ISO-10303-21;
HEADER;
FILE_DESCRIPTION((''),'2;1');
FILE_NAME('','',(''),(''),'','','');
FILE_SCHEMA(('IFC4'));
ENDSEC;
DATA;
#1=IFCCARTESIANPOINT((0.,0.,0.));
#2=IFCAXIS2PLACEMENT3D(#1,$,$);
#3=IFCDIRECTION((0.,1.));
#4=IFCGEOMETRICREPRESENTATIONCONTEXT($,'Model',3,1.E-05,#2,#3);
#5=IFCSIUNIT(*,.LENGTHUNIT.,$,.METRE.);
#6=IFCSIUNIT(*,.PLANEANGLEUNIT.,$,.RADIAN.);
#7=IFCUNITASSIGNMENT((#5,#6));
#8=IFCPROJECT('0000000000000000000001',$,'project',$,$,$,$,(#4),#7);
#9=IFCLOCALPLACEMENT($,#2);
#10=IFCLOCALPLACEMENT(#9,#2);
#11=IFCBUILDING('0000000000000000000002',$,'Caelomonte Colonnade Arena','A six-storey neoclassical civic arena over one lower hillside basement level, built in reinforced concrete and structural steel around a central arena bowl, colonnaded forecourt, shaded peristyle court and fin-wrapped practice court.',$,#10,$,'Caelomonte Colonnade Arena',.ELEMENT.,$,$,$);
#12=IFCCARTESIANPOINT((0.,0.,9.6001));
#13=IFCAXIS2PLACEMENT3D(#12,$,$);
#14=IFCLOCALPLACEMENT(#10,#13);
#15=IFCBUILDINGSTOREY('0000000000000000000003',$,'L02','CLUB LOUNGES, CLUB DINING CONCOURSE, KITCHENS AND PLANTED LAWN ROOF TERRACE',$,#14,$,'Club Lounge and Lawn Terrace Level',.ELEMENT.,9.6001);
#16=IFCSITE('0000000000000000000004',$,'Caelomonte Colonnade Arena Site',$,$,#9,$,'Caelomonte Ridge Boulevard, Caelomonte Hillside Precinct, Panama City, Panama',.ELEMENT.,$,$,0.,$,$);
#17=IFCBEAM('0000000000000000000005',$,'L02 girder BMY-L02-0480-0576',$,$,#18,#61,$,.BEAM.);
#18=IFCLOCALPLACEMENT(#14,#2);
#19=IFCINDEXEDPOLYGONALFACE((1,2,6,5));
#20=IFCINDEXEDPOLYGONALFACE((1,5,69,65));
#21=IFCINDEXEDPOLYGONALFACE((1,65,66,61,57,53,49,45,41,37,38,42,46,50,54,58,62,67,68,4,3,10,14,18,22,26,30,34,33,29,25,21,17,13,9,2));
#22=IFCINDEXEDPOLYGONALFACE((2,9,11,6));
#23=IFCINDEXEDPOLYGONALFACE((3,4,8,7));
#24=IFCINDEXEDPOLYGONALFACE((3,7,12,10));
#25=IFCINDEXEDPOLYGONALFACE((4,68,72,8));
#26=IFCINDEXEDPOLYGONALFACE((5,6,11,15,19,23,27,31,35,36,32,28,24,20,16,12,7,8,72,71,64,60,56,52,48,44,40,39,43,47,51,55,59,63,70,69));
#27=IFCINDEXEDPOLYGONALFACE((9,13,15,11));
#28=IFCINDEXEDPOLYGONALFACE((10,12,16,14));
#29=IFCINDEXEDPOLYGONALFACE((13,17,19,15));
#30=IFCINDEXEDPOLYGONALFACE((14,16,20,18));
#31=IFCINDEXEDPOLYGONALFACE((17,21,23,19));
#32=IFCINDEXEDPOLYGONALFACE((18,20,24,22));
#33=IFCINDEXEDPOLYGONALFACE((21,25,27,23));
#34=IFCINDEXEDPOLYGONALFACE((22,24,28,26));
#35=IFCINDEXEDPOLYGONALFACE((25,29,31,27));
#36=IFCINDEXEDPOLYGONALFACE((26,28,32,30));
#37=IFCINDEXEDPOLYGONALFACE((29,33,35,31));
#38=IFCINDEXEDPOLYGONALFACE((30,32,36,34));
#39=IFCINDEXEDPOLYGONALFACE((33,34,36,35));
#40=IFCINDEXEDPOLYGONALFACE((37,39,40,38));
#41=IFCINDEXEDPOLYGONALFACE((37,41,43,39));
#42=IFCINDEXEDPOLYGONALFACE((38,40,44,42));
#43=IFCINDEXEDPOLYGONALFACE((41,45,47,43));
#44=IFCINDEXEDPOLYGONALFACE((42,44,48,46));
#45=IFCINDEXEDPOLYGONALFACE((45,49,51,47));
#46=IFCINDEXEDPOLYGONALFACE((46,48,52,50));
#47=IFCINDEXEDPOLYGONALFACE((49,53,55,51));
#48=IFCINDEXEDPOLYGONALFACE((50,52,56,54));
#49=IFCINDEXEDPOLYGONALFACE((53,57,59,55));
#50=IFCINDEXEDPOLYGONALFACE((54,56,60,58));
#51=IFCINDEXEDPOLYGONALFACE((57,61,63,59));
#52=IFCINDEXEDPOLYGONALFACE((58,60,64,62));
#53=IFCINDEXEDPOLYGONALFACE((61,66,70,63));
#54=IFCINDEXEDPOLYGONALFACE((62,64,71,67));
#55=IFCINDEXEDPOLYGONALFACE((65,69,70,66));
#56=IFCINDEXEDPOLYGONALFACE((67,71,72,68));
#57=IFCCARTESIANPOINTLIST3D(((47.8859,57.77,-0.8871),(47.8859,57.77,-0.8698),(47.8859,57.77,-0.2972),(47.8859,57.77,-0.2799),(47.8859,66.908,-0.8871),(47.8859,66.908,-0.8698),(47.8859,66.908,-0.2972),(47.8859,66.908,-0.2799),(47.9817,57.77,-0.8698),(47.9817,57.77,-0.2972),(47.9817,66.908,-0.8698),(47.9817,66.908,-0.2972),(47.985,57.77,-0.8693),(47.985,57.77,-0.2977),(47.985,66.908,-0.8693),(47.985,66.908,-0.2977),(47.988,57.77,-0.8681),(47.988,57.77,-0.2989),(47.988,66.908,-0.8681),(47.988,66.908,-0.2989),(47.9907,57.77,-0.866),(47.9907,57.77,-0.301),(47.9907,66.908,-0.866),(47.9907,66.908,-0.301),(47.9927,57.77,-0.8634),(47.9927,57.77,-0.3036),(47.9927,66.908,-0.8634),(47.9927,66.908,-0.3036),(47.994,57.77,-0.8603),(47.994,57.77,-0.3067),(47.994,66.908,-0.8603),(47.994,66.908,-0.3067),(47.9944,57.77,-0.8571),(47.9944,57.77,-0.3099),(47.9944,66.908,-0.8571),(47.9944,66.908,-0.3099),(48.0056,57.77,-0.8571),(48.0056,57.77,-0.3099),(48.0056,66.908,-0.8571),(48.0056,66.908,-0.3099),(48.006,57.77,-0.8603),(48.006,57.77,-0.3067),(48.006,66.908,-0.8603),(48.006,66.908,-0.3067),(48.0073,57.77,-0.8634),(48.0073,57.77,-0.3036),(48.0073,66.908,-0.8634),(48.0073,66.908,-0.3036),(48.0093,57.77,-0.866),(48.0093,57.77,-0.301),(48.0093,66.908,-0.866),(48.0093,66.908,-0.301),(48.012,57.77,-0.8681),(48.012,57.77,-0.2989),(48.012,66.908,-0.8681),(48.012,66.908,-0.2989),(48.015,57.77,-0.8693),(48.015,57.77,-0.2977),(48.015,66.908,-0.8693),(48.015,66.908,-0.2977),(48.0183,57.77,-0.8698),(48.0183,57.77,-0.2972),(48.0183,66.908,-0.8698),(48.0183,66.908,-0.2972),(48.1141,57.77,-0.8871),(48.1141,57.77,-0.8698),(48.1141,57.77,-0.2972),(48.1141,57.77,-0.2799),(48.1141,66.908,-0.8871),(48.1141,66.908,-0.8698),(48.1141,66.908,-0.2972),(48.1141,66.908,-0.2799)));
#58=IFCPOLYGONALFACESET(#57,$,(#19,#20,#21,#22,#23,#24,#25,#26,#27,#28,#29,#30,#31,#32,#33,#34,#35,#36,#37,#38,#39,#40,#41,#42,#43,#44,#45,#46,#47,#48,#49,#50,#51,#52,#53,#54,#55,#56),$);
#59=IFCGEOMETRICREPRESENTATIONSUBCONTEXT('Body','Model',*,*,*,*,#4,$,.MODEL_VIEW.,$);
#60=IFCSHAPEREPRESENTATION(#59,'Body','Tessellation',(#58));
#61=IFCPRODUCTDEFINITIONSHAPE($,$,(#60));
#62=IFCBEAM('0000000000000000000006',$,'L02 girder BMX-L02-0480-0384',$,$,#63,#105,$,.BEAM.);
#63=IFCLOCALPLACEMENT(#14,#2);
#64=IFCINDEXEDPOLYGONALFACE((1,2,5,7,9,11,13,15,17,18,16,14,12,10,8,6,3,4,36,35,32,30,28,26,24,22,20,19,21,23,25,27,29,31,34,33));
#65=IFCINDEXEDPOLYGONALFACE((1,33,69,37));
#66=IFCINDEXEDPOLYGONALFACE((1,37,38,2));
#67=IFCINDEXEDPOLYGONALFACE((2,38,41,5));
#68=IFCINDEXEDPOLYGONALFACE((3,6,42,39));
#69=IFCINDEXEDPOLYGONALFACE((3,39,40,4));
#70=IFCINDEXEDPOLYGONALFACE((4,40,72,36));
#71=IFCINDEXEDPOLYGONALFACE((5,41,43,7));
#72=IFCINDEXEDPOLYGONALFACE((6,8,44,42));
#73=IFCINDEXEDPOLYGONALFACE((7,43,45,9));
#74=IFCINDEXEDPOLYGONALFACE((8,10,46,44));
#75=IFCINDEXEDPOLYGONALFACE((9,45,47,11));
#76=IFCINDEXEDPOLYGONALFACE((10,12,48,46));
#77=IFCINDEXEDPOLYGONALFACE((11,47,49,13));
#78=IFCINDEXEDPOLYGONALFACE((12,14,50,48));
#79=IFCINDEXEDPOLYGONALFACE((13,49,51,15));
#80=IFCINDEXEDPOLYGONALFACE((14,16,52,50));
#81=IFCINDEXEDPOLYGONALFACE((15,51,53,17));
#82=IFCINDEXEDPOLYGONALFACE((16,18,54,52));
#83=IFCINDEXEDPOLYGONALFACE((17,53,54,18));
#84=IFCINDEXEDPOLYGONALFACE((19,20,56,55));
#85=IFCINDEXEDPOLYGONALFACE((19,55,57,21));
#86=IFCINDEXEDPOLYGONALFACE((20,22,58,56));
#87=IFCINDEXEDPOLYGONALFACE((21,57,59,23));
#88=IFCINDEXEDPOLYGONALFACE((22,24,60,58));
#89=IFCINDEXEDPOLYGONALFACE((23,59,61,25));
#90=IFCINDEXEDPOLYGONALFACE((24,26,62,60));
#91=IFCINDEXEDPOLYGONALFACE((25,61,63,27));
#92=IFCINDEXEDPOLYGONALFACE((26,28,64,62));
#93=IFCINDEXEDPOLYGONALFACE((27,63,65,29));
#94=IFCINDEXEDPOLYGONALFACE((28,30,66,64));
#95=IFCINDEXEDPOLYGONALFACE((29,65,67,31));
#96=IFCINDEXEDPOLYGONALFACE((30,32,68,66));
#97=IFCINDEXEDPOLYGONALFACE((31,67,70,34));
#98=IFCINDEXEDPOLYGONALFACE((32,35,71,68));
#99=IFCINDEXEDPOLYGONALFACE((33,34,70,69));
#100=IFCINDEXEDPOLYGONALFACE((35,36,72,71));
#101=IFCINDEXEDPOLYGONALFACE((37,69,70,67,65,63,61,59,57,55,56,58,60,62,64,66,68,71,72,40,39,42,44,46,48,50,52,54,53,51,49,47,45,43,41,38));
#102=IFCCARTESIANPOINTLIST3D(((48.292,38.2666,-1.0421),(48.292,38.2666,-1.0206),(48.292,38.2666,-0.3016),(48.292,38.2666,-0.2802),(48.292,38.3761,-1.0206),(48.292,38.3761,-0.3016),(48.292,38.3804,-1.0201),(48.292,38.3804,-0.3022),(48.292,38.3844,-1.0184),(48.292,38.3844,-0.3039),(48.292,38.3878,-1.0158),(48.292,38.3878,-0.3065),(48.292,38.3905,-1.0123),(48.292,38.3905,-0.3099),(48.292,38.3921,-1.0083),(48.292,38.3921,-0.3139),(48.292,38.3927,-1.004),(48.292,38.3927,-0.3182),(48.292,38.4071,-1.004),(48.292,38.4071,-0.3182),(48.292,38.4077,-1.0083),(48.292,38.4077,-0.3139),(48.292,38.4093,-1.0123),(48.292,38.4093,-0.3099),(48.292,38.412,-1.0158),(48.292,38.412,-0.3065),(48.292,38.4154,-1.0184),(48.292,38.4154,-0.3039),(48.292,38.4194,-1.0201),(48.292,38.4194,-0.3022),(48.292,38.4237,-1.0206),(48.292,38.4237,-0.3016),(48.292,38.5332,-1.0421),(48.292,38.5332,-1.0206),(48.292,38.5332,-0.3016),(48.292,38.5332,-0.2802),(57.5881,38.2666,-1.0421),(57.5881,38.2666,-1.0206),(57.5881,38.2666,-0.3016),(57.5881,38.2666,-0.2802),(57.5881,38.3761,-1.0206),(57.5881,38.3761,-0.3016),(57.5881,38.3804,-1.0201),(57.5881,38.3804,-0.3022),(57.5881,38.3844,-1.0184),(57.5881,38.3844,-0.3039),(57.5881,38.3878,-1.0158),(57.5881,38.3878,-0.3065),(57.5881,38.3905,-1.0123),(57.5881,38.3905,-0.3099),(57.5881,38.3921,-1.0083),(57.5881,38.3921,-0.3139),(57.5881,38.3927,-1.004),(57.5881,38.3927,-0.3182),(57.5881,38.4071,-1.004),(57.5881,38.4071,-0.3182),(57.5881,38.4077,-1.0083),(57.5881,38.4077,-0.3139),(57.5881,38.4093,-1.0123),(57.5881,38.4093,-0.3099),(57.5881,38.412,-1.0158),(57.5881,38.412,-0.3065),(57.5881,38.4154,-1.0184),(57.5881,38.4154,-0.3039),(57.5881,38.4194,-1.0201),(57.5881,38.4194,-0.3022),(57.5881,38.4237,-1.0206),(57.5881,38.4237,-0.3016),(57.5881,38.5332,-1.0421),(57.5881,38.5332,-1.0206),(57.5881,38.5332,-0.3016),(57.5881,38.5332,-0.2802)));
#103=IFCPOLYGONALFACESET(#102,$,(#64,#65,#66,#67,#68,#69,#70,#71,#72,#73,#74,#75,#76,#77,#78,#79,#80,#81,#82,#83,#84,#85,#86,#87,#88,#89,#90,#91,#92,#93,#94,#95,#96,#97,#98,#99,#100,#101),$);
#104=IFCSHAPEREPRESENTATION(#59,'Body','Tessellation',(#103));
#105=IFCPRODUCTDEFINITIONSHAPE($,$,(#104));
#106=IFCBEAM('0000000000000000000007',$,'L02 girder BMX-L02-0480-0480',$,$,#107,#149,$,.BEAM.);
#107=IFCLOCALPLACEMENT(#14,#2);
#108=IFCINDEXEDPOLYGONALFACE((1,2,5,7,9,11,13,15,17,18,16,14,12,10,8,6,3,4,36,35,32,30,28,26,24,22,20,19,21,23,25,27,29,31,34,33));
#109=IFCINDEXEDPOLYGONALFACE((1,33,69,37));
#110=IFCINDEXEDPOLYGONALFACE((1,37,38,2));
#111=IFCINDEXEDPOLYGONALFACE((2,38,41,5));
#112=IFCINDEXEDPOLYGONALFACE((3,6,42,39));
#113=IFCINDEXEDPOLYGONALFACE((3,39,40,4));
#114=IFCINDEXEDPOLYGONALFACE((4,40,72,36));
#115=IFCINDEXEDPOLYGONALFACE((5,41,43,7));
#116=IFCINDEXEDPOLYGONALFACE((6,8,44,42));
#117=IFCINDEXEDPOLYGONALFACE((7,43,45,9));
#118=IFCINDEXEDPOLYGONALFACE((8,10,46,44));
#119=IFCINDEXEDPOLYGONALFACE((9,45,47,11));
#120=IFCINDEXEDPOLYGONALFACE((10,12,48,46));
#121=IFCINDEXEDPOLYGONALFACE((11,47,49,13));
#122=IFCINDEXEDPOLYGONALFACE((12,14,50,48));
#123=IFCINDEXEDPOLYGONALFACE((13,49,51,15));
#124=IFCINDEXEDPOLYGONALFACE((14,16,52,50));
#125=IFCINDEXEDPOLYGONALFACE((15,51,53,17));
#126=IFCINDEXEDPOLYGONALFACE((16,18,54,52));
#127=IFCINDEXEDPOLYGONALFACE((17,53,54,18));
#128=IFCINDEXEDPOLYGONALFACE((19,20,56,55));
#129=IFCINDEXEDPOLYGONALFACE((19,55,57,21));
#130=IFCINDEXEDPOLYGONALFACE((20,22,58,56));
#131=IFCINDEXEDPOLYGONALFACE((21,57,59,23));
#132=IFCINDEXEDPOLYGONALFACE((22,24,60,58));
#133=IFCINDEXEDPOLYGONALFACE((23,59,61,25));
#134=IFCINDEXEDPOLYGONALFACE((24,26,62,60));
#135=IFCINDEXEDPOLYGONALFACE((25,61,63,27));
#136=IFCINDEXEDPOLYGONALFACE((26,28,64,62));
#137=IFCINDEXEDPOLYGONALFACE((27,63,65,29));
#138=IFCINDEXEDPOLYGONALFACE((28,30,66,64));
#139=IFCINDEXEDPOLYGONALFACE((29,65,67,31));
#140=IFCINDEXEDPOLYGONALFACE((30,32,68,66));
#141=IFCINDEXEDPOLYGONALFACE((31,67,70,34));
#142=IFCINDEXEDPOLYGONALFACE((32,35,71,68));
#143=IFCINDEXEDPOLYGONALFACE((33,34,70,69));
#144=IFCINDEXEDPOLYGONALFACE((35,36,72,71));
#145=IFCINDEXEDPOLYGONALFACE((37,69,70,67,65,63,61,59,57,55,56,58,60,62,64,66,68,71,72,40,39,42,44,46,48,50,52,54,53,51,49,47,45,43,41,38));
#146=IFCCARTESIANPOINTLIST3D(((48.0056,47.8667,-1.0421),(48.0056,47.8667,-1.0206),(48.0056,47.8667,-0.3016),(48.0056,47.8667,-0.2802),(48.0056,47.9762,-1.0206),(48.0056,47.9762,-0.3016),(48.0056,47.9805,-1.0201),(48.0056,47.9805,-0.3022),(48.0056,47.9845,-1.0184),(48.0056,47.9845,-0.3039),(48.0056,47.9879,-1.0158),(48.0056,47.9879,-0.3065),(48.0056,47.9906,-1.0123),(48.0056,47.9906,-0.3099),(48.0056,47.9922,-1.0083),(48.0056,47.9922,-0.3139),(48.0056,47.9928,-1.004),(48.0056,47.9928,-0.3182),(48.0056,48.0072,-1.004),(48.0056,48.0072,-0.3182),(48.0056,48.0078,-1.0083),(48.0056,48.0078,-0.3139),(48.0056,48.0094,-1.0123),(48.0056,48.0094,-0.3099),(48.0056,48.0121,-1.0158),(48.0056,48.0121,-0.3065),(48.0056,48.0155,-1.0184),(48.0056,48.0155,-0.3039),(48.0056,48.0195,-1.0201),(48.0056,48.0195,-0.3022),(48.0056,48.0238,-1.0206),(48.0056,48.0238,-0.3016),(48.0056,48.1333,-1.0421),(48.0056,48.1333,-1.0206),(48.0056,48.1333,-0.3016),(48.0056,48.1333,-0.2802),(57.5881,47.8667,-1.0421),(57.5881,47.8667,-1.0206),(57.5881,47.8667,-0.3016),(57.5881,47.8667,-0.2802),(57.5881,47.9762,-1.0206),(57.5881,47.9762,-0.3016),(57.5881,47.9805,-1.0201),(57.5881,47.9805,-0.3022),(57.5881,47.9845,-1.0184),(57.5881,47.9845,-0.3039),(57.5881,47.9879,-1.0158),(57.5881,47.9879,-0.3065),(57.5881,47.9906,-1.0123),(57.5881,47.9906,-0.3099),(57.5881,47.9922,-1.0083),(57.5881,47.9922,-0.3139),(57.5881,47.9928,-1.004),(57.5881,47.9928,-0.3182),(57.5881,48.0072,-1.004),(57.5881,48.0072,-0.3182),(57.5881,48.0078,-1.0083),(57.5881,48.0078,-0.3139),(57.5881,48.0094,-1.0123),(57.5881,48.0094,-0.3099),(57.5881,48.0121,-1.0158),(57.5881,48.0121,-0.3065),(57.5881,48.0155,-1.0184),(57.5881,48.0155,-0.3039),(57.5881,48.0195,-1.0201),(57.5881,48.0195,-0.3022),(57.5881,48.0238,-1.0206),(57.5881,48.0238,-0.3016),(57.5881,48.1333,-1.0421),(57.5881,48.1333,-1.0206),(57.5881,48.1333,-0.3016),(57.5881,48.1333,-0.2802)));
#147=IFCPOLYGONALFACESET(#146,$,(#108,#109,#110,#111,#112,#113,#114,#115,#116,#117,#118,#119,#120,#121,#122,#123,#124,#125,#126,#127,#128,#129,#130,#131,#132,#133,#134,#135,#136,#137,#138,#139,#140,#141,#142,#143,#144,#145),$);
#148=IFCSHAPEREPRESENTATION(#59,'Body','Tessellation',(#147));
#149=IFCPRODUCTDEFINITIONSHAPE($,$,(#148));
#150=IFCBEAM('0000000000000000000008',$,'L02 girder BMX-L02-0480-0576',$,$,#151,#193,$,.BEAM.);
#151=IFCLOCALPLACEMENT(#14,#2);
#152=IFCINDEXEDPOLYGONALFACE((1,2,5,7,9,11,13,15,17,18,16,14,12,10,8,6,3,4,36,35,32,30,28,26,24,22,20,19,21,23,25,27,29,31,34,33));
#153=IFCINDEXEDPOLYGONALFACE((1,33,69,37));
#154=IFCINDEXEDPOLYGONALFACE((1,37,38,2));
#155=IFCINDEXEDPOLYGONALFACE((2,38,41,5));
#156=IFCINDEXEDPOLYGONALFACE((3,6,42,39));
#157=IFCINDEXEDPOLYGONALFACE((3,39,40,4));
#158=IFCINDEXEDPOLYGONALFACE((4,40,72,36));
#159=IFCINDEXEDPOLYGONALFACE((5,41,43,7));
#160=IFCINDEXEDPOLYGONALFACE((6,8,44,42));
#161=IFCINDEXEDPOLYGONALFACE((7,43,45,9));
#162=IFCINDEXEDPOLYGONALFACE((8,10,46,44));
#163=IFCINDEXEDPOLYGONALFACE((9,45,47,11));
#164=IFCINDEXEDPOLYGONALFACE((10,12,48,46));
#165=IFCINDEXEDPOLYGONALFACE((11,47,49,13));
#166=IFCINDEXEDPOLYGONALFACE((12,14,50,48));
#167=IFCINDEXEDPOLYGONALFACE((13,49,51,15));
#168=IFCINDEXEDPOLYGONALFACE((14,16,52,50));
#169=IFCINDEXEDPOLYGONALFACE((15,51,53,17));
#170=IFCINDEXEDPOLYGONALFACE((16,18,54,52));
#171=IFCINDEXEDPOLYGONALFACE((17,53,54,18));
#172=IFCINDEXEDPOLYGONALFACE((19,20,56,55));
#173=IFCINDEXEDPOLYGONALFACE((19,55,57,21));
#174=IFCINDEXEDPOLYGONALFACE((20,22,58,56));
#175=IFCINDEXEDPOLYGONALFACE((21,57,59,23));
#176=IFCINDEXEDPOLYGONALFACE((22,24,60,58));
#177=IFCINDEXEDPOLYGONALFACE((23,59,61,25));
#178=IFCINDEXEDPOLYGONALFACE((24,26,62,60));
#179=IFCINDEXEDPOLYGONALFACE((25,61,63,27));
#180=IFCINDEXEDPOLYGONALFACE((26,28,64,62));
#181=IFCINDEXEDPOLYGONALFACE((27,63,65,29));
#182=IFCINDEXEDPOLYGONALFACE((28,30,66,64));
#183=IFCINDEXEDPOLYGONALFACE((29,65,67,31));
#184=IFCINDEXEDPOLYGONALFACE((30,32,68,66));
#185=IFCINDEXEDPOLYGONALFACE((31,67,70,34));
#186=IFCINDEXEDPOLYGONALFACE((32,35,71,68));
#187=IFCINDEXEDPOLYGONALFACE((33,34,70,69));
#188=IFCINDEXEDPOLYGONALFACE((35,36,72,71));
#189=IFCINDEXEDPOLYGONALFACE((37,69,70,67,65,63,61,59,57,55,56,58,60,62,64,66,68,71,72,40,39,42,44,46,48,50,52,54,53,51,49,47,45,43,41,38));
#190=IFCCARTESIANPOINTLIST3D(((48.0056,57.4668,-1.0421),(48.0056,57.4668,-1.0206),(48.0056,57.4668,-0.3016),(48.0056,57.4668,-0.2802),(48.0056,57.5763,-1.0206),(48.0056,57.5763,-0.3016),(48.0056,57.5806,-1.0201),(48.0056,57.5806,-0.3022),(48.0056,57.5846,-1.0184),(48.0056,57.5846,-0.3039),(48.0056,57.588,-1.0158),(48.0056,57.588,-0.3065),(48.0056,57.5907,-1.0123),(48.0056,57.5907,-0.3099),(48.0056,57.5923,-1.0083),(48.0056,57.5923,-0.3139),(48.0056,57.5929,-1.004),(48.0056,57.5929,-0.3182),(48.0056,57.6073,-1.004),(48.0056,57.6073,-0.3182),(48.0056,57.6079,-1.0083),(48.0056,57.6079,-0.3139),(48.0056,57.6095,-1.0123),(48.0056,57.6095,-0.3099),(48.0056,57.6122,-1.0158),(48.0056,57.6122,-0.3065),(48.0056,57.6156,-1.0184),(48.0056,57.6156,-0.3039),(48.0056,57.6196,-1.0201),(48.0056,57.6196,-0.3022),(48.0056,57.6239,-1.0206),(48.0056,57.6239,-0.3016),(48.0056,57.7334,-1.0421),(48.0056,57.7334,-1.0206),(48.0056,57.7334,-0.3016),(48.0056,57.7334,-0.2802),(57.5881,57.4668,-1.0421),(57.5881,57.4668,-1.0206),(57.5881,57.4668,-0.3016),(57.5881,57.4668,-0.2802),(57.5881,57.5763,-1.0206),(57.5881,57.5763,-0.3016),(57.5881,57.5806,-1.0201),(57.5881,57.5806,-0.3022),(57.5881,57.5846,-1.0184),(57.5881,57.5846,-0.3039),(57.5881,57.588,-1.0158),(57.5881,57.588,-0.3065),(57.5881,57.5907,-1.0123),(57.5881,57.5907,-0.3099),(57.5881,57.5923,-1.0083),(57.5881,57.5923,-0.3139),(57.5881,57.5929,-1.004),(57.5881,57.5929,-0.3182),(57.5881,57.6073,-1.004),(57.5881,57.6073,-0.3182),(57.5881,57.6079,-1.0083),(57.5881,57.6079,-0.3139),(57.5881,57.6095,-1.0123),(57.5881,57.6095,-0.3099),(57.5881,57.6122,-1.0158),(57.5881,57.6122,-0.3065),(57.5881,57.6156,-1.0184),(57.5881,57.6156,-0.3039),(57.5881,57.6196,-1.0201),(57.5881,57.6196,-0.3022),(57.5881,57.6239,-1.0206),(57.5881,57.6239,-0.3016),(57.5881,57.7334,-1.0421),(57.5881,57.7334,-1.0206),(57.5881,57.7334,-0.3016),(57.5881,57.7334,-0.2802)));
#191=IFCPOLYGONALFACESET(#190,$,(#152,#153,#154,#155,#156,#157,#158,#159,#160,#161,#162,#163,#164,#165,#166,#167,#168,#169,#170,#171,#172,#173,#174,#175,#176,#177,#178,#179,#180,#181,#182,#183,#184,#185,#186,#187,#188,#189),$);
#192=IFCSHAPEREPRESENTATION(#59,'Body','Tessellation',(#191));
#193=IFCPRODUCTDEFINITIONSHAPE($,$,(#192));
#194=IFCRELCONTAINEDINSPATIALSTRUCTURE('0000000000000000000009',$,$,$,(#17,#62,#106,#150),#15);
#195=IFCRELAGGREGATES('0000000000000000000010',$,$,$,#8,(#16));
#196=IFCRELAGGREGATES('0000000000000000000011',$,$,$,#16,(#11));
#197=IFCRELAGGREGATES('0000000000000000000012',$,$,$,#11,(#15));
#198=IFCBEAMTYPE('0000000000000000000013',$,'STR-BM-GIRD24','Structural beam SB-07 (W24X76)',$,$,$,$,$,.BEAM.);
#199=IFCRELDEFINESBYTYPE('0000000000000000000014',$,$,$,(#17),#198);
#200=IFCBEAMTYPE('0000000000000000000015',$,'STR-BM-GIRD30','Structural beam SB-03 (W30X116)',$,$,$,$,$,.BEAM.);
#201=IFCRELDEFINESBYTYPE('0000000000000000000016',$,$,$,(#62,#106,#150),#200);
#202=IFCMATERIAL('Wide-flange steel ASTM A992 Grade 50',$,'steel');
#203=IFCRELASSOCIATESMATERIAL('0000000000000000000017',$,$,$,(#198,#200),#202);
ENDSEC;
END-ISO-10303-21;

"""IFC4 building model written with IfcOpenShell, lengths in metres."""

from ifc_helpers import new_model, si_unit, direction, frame, origin, origin_2d, place, context, subcontext, project, spatial, i_section, extrude, material, material_profile, profile_set, type_object, element, save


model = new_model("IFC4")

# Units and contexts
model_context = context("Model", 3, precision=1e-05, world=origin(), true_north=direction((0.0, 1.0)))
body_context = subcontext(model_context, "Body", "Model", "MODEL_VIEW")
ifc_project = project(units=[si_unit("LENGTHUNIT", "METRE"), si_unit("PLANEANGLEUNIT", "RADIAN")], contexts=[model_context])

# Site, building, storey
site_placement = place(None, origin())
site = spatial("IfcSite", under=ifc_project, at=site_placement, Name="Caelomonte Colonnade Arena Site", LongName="Caelomonte Ridge Boulevard, Caelomonte Hillside Precinct, Panama City, Panama", CompositionType="ELEMENT", RefElevation=0.0)
building_placement = place(site_placement, origin())
building = spatial("IfcBuilding", under=site, at=building_placement, Name="Caelomonte Colonnade Arena", Description="A six-storey neoclassical civic arena over one lower hillside basement level, built in reinforced concrete and structural steel around a central arena bowl, colonnaded forecourt, shaded peristyle court and fin-wrapped practice court.", LongName="Caelomonte Colonnade Arena", CompositionType="ELEMENT")
storey_placement = place(building_placement, frame((0.0, 0.0, 9.6001)))
storey = spatial("IfcBuildingStorey", under=building, at=storey_placement, Name="L02", Description="CLUB LOUNGES, CLUB DINING CONCOURSE, KITCHENS AND PLANTED LAWN ROOF TERRACE", LongName="Club Lounge and Lawn Terrace Level", CompositionType="ELEMENT", Elevation=9.6001)

# Beams
ifc_material_1 = material(Name="Wide-flange steel ASTM A992 Grade 50", Category="steel")
ifc_material_profile_1 = material_profile(ifc_material_1, i_section(OverallWidth=0.2283, OverallDepth=0.6072, WebThickness=0.0112, FlangeThickness=0.0173, FilletRadius=0.0127, at=origin_2d()), Name="W24X76")
ifc_profile_set_1 = profile_set([ifc_material_profile_1], Name="Wide-flange steel ASTM A992 Grade 50")
beam_type_1 = type_object("IfcBeamType", Name="STR-BM-GIRD24", Description="Structural beam SB-07 (W24X76)", PredefinedType="BEAM", material=ifc_profile_set_1)
beam_1_placement = place(storey_placement, frame((48.0, 57.77, -0.5835), z_axis=(0.0, 1.0, 0.0), x_axis=(-1.0, 0.0, 0.0)))
element("IfcBeam", 1, at=beam_1_placement, inside=storey, type_object=beam_type_1, Name="L02 girder BMY-L02-0480-0576", PredefinedType="BEAM", context=body_context, shape_type="SweptSolid", body=[
    extrude(i_section(OverallWidth=0.2283, OverallDepth=0.6072, WebThickness=0.0112, FlangeThickness=0.0173, FilletRadius=0.0127, at=origin_2d()), origin(), (0.0, 0.0, 1.0), 9.1379),
])
ifc_material_profile_2 = material_profile(ifc_material_1, i_section(OverallWidth=0.2666, OverallDepth=0.762, WebThickness=0.0144, FlangeThickness=0.0215, FilletRadius=0.0166, at=origin_2d()), Name="W30X116")
ifc_profile_set_2 = profile_set([ifc_material_profile_2], Name="Wide-flange steel ASTM A992 Grade 50")
beam_type_2 = type_object("IfcBeamType", Name="STR-BM-GIRD30", Description="Structural beam SB-03 (W30X116)", PredefinedType="BEAM", material=ifc_profile_set_2)
beam_2_placement = place(storey_placement, frame((48.292, 38.3999, -0.6611), z_axis=(1.0, 0.0, 0.0), x_axis=(0.0, 1.0, 0.0)))
element("IfcBeam", 2, at=beam_2_placement, inside=storey, type_object=beam_type_2, Name="L02 girder BMX-L02-0480-0384", PredefinedType="BEAM", context=body_context, shape_type="SweptSolid", body=[
    extrude(i_section(OverallWidth=0.2666, OverallDepth=0.762, WebThickness=0.0144, FlangeThickness=0.0215, FilletRadius=0.0166, at=origin_2d()), origin(), (0.0, 0.0, 1.0), 9.2961),
])
for number, where, z_axis, x_axis, name in (
    (3, (48.0056, 48.0, -0.6611), (1.0, 0.0, 0.0), (0.0, 1.0, 0.0), "L02 girder BMX-L02-0480-0480"),
    (4, (48.0056, 57.6001, -0.6611), (1.0, 0.0, 0.0), (0.0, 1.0, 0.0), "L02 girder BMX-L02-0480-0576"),
):
    element("IfcBeam", number, at=place(storey_placement, frame(where, z_axis=z_axis, x_axis=x_axis)), inside=storey, type_object=beam_type_2, Name=name, PredefinedType="BEAM", context=body_context, shape_type="SweptSolid", body=[
        extrude(i_section(OverallWidth=0.2666, OverallDepth=0.762, WebThickness=0.0144, FlangeThickness=0.0215, FilletRadius=0.0166, at=origin_2d()), origin(), (0.0, 0.0, 1.0), 9.5825),
    ])

save(model, "model.ifc")
